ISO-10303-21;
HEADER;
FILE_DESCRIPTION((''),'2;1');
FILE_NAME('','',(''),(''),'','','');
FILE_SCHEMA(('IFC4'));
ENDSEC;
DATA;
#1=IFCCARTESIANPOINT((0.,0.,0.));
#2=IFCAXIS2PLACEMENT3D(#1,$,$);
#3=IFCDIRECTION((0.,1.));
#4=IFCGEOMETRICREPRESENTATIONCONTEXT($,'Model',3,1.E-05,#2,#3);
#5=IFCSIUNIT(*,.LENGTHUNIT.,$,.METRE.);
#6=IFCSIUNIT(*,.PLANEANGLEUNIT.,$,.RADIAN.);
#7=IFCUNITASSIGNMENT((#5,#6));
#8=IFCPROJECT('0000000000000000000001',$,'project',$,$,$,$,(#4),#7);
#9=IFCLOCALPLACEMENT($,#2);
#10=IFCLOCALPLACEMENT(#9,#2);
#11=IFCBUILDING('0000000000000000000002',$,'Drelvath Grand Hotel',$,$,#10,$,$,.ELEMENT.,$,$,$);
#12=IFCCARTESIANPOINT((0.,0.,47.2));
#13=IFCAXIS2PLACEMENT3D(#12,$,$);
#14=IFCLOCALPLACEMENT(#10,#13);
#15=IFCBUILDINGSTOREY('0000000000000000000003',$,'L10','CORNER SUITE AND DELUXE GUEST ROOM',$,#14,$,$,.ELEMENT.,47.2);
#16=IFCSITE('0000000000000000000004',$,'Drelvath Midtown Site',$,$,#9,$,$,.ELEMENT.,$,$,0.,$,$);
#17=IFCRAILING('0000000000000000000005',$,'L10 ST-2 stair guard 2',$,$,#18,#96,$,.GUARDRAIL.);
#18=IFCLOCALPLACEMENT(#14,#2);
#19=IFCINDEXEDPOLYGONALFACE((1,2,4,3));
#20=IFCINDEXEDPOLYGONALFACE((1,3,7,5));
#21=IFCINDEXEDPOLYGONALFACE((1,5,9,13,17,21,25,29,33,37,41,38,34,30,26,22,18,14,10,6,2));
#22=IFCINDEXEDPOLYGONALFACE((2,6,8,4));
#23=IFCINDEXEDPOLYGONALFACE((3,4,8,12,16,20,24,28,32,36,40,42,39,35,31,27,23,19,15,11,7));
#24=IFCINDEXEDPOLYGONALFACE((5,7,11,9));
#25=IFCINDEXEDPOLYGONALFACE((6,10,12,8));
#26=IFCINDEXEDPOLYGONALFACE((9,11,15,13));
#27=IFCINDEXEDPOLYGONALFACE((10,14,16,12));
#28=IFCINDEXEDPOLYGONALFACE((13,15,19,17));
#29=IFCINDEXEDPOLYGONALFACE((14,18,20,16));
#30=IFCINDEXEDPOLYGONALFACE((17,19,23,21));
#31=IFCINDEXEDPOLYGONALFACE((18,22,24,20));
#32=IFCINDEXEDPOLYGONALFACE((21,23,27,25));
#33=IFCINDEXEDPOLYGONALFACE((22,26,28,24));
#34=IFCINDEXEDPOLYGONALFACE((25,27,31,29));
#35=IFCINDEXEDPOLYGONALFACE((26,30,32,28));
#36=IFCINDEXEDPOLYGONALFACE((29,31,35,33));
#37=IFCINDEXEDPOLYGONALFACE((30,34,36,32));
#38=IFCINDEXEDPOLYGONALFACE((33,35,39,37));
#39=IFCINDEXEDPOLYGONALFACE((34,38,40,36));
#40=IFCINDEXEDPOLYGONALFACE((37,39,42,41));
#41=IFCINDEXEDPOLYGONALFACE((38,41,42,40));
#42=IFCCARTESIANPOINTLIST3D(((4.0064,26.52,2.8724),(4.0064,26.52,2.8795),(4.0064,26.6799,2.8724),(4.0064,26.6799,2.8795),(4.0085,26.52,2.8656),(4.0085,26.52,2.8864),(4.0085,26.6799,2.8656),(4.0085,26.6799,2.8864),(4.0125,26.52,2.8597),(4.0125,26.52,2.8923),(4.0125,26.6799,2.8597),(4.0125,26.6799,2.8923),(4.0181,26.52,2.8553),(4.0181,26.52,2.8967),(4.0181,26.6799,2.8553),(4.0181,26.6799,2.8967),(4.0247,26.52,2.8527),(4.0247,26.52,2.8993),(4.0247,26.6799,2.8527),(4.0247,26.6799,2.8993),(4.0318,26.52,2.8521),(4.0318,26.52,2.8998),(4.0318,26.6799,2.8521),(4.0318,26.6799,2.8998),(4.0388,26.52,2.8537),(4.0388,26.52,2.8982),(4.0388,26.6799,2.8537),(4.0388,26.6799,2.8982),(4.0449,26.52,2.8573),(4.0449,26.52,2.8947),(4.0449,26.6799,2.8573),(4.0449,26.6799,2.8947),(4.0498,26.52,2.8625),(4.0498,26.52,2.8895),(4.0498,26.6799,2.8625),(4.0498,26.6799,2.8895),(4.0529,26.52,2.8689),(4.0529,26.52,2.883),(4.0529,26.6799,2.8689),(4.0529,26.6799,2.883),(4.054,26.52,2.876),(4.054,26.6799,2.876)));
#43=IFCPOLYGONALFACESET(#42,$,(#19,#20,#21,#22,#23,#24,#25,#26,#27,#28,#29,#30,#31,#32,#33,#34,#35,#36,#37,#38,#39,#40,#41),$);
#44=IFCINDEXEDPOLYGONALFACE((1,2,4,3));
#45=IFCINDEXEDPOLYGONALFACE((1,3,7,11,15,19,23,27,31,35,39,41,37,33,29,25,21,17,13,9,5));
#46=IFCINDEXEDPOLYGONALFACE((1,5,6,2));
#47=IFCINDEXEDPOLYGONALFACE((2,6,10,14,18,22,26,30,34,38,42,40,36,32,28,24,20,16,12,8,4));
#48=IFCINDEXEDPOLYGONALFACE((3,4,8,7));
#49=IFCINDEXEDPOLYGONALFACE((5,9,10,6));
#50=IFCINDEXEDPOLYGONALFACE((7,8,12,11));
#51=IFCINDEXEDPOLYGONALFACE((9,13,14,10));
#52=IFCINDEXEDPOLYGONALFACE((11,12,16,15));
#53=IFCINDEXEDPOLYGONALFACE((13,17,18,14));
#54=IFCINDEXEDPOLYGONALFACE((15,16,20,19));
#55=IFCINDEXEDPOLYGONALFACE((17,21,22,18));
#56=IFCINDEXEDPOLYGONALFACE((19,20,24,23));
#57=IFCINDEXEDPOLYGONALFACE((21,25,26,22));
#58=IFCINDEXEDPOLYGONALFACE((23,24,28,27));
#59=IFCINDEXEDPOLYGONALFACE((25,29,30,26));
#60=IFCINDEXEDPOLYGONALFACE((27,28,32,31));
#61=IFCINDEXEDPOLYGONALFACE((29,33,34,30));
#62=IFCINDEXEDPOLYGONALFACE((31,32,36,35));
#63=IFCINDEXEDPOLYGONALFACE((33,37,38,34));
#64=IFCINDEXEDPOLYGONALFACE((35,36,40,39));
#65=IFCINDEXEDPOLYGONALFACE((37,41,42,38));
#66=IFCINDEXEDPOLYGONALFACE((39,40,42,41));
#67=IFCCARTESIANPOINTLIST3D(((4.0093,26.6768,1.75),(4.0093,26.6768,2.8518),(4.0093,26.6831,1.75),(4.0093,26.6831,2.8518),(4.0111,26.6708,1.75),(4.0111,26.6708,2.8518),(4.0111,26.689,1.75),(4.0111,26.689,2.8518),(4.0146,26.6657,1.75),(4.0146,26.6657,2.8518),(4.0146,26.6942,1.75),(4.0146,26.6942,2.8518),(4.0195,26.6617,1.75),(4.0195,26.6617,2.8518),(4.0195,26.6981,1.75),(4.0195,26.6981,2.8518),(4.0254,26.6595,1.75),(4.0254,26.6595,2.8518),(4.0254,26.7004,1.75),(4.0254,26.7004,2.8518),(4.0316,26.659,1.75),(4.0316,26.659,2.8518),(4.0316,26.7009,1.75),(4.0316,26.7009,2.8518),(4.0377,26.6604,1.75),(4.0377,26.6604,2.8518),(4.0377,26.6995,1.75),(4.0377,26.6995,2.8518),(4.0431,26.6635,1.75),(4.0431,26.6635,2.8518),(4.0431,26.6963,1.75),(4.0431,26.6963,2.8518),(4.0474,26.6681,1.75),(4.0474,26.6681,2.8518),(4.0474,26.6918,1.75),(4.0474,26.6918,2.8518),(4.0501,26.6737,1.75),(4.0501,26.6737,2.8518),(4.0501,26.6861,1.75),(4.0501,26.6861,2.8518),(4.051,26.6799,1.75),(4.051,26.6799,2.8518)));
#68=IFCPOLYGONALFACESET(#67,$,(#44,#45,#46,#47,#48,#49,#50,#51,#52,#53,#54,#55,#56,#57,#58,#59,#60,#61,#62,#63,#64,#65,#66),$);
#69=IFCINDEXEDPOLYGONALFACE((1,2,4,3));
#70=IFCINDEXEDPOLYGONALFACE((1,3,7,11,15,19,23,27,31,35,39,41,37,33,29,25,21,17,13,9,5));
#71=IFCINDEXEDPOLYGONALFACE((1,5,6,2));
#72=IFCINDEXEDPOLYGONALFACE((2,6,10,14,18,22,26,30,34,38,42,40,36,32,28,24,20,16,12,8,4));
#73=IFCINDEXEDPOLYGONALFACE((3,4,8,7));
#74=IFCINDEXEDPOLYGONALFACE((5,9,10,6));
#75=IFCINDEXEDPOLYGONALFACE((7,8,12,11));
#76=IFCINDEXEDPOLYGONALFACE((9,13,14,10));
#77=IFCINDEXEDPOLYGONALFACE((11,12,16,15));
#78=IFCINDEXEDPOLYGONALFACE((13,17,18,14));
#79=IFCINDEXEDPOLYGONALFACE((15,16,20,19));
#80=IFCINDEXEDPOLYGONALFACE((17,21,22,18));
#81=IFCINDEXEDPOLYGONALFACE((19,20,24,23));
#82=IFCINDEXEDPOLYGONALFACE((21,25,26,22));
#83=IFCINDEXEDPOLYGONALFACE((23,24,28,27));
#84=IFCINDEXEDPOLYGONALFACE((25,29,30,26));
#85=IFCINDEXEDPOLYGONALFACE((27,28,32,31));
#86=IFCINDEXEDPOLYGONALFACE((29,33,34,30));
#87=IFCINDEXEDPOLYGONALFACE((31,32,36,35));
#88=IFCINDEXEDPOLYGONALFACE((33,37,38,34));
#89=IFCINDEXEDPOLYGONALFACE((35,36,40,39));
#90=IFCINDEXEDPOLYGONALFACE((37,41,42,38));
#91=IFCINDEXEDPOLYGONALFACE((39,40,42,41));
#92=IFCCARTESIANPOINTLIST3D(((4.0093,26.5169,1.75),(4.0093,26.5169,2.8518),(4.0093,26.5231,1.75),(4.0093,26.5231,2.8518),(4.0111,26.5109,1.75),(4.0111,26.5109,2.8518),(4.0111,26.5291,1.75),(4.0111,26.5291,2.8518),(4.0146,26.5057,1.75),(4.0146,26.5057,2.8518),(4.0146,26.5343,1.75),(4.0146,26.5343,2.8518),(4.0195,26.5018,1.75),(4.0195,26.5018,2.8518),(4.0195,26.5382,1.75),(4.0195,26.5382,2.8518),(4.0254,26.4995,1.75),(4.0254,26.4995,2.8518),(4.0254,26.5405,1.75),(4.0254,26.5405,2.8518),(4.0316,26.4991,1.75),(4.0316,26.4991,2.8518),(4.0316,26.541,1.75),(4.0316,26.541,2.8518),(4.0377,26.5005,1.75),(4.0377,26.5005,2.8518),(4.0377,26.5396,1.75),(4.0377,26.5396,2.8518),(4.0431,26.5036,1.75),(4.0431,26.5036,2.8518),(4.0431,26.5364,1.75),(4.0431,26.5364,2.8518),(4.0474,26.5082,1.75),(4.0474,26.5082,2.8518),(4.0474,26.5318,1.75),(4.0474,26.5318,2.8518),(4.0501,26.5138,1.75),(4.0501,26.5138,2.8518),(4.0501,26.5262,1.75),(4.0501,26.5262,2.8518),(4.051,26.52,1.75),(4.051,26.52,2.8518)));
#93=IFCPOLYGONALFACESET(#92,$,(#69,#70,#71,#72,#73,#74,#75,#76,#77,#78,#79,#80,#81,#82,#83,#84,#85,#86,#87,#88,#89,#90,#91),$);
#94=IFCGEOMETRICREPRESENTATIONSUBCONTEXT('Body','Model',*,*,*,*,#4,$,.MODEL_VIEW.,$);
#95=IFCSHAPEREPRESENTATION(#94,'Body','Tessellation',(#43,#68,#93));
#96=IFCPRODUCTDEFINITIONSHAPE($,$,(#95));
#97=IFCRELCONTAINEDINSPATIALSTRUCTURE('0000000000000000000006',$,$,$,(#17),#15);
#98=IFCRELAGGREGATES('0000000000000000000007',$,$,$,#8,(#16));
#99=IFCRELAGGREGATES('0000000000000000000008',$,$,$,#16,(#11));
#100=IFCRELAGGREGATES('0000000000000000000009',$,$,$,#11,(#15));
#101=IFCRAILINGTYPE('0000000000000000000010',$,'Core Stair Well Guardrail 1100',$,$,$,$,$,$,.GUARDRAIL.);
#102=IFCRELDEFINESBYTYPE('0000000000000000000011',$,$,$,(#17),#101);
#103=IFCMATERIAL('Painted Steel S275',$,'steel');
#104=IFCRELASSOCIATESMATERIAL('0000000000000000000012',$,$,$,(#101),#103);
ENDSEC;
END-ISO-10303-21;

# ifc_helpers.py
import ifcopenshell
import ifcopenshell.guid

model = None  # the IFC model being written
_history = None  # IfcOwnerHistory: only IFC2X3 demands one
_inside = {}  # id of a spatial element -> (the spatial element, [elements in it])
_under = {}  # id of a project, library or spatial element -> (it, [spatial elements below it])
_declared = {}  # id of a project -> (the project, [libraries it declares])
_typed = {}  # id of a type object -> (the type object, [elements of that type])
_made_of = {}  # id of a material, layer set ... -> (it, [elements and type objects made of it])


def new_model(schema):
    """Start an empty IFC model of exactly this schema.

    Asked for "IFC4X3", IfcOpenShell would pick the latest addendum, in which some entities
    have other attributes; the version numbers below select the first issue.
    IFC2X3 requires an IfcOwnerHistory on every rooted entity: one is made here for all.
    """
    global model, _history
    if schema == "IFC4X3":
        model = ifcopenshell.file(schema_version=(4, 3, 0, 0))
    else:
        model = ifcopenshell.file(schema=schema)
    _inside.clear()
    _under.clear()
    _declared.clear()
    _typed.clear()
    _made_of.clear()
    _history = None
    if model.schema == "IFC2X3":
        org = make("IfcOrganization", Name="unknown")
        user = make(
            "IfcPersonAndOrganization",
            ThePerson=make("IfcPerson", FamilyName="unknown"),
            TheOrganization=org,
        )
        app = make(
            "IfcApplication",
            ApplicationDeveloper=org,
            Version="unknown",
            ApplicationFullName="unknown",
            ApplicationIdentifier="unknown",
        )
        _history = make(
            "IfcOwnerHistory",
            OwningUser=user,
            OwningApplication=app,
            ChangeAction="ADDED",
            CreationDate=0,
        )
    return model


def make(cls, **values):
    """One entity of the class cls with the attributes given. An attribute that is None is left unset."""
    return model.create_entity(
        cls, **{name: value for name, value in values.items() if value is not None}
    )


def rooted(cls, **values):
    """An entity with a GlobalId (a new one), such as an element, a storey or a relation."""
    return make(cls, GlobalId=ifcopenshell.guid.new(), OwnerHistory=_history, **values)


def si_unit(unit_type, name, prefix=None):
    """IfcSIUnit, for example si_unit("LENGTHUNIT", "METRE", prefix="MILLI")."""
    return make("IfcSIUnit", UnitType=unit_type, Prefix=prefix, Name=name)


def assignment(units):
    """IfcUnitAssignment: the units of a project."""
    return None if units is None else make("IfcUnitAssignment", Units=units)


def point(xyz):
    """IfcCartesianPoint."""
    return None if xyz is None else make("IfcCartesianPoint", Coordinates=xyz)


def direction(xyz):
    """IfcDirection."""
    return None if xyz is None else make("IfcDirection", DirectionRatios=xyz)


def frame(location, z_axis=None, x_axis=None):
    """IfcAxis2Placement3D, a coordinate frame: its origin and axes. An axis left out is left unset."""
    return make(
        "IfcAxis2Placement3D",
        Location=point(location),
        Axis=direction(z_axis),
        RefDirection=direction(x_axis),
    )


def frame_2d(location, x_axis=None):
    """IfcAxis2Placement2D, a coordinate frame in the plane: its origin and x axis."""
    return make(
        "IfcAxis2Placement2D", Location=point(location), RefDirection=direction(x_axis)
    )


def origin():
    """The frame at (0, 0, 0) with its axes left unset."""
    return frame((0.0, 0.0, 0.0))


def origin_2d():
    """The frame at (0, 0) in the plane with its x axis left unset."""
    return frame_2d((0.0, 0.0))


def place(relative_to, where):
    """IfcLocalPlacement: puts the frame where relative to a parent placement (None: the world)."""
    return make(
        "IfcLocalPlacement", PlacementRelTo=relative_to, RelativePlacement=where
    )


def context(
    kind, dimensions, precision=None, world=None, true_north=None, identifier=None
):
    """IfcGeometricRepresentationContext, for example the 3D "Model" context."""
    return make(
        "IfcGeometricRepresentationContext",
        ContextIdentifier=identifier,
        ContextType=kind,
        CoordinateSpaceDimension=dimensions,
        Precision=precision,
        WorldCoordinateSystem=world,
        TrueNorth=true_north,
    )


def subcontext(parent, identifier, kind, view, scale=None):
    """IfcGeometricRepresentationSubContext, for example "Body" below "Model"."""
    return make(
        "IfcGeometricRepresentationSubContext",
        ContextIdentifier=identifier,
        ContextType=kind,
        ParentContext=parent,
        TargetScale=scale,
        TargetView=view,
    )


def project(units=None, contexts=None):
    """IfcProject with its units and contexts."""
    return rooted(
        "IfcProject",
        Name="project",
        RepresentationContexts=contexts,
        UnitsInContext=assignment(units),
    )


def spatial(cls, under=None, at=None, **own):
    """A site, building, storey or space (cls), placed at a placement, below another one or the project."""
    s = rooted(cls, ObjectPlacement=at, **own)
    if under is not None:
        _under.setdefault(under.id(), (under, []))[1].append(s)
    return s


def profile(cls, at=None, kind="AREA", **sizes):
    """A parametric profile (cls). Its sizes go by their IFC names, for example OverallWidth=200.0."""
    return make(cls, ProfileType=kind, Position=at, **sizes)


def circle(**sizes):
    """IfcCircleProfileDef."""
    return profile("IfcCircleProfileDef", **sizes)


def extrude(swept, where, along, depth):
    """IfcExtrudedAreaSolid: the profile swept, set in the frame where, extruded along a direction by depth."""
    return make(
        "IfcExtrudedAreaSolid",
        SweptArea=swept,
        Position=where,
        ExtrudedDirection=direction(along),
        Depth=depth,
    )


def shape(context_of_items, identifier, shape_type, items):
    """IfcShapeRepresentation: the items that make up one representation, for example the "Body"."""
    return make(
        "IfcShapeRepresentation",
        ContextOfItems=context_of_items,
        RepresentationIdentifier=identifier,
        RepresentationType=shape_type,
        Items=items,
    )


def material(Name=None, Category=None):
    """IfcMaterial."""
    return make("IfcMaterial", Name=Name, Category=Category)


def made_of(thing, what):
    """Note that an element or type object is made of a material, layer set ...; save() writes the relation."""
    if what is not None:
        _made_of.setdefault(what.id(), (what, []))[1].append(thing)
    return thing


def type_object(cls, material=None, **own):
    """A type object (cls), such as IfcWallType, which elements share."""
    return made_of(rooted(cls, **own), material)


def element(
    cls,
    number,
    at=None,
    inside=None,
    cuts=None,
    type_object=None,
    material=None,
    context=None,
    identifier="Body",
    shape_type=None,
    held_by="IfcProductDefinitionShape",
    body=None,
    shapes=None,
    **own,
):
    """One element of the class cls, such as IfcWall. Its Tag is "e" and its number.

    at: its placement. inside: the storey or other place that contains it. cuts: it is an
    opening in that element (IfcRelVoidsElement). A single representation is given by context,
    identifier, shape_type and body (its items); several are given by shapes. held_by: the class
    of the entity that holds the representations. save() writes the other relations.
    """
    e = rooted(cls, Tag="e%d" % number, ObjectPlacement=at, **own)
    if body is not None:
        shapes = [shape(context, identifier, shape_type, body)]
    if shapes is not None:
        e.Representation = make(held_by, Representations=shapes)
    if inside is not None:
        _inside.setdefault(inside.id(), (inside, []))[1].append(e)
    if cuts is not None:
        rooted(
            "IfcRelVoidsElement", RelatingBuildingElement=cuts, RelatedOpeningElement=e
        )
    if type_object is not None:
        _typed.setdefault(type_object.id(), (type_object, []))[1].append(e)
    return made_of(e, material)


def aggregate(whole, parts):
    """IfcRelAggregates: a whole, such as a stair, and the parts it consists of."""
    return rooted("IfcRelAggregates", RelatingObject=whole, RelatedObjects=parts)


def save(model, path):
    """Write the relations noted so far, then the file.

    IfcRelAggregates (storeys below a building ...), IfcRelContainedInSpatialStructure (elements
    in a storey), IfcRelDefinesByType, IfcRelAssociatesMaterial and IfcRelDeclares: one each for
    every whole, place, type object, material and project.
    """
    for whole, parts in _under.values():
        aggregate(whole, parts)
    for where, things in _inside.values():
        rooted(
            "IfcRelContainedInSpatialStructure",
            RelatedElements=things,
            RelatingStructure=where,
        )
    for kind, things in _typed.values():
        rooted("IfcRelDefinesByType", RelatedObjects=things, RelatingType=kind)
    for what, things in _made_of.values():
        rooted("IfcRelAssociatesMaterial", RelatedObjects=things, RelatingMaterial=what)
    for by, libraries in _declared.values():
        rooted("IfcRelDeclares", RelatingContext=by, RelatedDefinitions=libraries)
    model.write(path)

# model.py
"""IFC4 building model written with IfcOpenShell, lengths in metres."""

from ifc_helpers import new_model, si_unit, direction, frame, origin, origin_2d, place, context, subcontext, project, spatial, circle, extrude, material, type_object, element, save


model = new_model("IFC4")

# Units and contexts
model_context = context("Model", 3, precision=1e-05, world=origin(), true_north=direction((0.0, 1.0)))
body_context = subcontext(model_context, "Body", "Model", "MODEL_VIEW")
ifc_project = project(units=[si_unit("LENGTHUNIT", "METRE"), si_unit("PLANEANGLEUNIT", "RADIAN")], contexts=[model_context])

# Site, building, storey
site_placement = place(None, origin())
site = spatial("IfcSite", under=ifc_project, at=site_placement, Name="Drelvath Midtown Site", CompositionType="ELEMENT", RefElevation=0.0)
building_placement = place(site_placement, origin())
building = spatial("IfcBuilding", under=site, at=building_placement, Name="Drelvath Grand Hotel", CompositionType="ELEMENT")
storey_placement = place(building_placement, frame((0.0, 0.0, 47.2)))
storey = spatial("IfcBuildingStorey", under=building, at=storey_placement, Name="L10", Description="CORNER SUITE AND DELUXE GUEST ROOM", CompositionType="ELEMENT", Elevation=47.2)

# Shared definitions
ifc_material_1 = material(Name="Painted Steel S275", Category="steel")

# Railing
railing_type_1 = type_object("IfcRailingType", Name="Core Stair Well Guardrail 1100", PredefinedType="GUARDRAIL", material=ifc_material_1)
railing_1_placement = place(storey_placement, frame((4.03, 26.6799, 1.75)))
element("IfcRailing", 1, at=railing_1_placement, inside=storey, type_object=railing_type_1, Name="L10 ST-2 stair guard 2", PredefinedType="GUARDRAIL", context=body_context, shape_type="SweptSolid", body=[
    extrude(circle(Radius=0.0239, at=origin_2d()), frame((0.0, 0.0, 1.126), z_axis=(0.0, -1.0, 0.0), x_axis=(1.0, 0.0, 0.0)), (0.0, 0.0, 1.0), 0.1599),
    extrude(circle(Radius=0.021, at=origin_2d()), origin(), (0.0, 0.0, 1.0), 1.1018),
    extrude(circle(Radius=0.021, at=origin_2d()), frame((0.0, -0.1599, 0.0)), (0.0, 0.0, 1.0), 1.1018),
])

save(model, "model.ifc")
